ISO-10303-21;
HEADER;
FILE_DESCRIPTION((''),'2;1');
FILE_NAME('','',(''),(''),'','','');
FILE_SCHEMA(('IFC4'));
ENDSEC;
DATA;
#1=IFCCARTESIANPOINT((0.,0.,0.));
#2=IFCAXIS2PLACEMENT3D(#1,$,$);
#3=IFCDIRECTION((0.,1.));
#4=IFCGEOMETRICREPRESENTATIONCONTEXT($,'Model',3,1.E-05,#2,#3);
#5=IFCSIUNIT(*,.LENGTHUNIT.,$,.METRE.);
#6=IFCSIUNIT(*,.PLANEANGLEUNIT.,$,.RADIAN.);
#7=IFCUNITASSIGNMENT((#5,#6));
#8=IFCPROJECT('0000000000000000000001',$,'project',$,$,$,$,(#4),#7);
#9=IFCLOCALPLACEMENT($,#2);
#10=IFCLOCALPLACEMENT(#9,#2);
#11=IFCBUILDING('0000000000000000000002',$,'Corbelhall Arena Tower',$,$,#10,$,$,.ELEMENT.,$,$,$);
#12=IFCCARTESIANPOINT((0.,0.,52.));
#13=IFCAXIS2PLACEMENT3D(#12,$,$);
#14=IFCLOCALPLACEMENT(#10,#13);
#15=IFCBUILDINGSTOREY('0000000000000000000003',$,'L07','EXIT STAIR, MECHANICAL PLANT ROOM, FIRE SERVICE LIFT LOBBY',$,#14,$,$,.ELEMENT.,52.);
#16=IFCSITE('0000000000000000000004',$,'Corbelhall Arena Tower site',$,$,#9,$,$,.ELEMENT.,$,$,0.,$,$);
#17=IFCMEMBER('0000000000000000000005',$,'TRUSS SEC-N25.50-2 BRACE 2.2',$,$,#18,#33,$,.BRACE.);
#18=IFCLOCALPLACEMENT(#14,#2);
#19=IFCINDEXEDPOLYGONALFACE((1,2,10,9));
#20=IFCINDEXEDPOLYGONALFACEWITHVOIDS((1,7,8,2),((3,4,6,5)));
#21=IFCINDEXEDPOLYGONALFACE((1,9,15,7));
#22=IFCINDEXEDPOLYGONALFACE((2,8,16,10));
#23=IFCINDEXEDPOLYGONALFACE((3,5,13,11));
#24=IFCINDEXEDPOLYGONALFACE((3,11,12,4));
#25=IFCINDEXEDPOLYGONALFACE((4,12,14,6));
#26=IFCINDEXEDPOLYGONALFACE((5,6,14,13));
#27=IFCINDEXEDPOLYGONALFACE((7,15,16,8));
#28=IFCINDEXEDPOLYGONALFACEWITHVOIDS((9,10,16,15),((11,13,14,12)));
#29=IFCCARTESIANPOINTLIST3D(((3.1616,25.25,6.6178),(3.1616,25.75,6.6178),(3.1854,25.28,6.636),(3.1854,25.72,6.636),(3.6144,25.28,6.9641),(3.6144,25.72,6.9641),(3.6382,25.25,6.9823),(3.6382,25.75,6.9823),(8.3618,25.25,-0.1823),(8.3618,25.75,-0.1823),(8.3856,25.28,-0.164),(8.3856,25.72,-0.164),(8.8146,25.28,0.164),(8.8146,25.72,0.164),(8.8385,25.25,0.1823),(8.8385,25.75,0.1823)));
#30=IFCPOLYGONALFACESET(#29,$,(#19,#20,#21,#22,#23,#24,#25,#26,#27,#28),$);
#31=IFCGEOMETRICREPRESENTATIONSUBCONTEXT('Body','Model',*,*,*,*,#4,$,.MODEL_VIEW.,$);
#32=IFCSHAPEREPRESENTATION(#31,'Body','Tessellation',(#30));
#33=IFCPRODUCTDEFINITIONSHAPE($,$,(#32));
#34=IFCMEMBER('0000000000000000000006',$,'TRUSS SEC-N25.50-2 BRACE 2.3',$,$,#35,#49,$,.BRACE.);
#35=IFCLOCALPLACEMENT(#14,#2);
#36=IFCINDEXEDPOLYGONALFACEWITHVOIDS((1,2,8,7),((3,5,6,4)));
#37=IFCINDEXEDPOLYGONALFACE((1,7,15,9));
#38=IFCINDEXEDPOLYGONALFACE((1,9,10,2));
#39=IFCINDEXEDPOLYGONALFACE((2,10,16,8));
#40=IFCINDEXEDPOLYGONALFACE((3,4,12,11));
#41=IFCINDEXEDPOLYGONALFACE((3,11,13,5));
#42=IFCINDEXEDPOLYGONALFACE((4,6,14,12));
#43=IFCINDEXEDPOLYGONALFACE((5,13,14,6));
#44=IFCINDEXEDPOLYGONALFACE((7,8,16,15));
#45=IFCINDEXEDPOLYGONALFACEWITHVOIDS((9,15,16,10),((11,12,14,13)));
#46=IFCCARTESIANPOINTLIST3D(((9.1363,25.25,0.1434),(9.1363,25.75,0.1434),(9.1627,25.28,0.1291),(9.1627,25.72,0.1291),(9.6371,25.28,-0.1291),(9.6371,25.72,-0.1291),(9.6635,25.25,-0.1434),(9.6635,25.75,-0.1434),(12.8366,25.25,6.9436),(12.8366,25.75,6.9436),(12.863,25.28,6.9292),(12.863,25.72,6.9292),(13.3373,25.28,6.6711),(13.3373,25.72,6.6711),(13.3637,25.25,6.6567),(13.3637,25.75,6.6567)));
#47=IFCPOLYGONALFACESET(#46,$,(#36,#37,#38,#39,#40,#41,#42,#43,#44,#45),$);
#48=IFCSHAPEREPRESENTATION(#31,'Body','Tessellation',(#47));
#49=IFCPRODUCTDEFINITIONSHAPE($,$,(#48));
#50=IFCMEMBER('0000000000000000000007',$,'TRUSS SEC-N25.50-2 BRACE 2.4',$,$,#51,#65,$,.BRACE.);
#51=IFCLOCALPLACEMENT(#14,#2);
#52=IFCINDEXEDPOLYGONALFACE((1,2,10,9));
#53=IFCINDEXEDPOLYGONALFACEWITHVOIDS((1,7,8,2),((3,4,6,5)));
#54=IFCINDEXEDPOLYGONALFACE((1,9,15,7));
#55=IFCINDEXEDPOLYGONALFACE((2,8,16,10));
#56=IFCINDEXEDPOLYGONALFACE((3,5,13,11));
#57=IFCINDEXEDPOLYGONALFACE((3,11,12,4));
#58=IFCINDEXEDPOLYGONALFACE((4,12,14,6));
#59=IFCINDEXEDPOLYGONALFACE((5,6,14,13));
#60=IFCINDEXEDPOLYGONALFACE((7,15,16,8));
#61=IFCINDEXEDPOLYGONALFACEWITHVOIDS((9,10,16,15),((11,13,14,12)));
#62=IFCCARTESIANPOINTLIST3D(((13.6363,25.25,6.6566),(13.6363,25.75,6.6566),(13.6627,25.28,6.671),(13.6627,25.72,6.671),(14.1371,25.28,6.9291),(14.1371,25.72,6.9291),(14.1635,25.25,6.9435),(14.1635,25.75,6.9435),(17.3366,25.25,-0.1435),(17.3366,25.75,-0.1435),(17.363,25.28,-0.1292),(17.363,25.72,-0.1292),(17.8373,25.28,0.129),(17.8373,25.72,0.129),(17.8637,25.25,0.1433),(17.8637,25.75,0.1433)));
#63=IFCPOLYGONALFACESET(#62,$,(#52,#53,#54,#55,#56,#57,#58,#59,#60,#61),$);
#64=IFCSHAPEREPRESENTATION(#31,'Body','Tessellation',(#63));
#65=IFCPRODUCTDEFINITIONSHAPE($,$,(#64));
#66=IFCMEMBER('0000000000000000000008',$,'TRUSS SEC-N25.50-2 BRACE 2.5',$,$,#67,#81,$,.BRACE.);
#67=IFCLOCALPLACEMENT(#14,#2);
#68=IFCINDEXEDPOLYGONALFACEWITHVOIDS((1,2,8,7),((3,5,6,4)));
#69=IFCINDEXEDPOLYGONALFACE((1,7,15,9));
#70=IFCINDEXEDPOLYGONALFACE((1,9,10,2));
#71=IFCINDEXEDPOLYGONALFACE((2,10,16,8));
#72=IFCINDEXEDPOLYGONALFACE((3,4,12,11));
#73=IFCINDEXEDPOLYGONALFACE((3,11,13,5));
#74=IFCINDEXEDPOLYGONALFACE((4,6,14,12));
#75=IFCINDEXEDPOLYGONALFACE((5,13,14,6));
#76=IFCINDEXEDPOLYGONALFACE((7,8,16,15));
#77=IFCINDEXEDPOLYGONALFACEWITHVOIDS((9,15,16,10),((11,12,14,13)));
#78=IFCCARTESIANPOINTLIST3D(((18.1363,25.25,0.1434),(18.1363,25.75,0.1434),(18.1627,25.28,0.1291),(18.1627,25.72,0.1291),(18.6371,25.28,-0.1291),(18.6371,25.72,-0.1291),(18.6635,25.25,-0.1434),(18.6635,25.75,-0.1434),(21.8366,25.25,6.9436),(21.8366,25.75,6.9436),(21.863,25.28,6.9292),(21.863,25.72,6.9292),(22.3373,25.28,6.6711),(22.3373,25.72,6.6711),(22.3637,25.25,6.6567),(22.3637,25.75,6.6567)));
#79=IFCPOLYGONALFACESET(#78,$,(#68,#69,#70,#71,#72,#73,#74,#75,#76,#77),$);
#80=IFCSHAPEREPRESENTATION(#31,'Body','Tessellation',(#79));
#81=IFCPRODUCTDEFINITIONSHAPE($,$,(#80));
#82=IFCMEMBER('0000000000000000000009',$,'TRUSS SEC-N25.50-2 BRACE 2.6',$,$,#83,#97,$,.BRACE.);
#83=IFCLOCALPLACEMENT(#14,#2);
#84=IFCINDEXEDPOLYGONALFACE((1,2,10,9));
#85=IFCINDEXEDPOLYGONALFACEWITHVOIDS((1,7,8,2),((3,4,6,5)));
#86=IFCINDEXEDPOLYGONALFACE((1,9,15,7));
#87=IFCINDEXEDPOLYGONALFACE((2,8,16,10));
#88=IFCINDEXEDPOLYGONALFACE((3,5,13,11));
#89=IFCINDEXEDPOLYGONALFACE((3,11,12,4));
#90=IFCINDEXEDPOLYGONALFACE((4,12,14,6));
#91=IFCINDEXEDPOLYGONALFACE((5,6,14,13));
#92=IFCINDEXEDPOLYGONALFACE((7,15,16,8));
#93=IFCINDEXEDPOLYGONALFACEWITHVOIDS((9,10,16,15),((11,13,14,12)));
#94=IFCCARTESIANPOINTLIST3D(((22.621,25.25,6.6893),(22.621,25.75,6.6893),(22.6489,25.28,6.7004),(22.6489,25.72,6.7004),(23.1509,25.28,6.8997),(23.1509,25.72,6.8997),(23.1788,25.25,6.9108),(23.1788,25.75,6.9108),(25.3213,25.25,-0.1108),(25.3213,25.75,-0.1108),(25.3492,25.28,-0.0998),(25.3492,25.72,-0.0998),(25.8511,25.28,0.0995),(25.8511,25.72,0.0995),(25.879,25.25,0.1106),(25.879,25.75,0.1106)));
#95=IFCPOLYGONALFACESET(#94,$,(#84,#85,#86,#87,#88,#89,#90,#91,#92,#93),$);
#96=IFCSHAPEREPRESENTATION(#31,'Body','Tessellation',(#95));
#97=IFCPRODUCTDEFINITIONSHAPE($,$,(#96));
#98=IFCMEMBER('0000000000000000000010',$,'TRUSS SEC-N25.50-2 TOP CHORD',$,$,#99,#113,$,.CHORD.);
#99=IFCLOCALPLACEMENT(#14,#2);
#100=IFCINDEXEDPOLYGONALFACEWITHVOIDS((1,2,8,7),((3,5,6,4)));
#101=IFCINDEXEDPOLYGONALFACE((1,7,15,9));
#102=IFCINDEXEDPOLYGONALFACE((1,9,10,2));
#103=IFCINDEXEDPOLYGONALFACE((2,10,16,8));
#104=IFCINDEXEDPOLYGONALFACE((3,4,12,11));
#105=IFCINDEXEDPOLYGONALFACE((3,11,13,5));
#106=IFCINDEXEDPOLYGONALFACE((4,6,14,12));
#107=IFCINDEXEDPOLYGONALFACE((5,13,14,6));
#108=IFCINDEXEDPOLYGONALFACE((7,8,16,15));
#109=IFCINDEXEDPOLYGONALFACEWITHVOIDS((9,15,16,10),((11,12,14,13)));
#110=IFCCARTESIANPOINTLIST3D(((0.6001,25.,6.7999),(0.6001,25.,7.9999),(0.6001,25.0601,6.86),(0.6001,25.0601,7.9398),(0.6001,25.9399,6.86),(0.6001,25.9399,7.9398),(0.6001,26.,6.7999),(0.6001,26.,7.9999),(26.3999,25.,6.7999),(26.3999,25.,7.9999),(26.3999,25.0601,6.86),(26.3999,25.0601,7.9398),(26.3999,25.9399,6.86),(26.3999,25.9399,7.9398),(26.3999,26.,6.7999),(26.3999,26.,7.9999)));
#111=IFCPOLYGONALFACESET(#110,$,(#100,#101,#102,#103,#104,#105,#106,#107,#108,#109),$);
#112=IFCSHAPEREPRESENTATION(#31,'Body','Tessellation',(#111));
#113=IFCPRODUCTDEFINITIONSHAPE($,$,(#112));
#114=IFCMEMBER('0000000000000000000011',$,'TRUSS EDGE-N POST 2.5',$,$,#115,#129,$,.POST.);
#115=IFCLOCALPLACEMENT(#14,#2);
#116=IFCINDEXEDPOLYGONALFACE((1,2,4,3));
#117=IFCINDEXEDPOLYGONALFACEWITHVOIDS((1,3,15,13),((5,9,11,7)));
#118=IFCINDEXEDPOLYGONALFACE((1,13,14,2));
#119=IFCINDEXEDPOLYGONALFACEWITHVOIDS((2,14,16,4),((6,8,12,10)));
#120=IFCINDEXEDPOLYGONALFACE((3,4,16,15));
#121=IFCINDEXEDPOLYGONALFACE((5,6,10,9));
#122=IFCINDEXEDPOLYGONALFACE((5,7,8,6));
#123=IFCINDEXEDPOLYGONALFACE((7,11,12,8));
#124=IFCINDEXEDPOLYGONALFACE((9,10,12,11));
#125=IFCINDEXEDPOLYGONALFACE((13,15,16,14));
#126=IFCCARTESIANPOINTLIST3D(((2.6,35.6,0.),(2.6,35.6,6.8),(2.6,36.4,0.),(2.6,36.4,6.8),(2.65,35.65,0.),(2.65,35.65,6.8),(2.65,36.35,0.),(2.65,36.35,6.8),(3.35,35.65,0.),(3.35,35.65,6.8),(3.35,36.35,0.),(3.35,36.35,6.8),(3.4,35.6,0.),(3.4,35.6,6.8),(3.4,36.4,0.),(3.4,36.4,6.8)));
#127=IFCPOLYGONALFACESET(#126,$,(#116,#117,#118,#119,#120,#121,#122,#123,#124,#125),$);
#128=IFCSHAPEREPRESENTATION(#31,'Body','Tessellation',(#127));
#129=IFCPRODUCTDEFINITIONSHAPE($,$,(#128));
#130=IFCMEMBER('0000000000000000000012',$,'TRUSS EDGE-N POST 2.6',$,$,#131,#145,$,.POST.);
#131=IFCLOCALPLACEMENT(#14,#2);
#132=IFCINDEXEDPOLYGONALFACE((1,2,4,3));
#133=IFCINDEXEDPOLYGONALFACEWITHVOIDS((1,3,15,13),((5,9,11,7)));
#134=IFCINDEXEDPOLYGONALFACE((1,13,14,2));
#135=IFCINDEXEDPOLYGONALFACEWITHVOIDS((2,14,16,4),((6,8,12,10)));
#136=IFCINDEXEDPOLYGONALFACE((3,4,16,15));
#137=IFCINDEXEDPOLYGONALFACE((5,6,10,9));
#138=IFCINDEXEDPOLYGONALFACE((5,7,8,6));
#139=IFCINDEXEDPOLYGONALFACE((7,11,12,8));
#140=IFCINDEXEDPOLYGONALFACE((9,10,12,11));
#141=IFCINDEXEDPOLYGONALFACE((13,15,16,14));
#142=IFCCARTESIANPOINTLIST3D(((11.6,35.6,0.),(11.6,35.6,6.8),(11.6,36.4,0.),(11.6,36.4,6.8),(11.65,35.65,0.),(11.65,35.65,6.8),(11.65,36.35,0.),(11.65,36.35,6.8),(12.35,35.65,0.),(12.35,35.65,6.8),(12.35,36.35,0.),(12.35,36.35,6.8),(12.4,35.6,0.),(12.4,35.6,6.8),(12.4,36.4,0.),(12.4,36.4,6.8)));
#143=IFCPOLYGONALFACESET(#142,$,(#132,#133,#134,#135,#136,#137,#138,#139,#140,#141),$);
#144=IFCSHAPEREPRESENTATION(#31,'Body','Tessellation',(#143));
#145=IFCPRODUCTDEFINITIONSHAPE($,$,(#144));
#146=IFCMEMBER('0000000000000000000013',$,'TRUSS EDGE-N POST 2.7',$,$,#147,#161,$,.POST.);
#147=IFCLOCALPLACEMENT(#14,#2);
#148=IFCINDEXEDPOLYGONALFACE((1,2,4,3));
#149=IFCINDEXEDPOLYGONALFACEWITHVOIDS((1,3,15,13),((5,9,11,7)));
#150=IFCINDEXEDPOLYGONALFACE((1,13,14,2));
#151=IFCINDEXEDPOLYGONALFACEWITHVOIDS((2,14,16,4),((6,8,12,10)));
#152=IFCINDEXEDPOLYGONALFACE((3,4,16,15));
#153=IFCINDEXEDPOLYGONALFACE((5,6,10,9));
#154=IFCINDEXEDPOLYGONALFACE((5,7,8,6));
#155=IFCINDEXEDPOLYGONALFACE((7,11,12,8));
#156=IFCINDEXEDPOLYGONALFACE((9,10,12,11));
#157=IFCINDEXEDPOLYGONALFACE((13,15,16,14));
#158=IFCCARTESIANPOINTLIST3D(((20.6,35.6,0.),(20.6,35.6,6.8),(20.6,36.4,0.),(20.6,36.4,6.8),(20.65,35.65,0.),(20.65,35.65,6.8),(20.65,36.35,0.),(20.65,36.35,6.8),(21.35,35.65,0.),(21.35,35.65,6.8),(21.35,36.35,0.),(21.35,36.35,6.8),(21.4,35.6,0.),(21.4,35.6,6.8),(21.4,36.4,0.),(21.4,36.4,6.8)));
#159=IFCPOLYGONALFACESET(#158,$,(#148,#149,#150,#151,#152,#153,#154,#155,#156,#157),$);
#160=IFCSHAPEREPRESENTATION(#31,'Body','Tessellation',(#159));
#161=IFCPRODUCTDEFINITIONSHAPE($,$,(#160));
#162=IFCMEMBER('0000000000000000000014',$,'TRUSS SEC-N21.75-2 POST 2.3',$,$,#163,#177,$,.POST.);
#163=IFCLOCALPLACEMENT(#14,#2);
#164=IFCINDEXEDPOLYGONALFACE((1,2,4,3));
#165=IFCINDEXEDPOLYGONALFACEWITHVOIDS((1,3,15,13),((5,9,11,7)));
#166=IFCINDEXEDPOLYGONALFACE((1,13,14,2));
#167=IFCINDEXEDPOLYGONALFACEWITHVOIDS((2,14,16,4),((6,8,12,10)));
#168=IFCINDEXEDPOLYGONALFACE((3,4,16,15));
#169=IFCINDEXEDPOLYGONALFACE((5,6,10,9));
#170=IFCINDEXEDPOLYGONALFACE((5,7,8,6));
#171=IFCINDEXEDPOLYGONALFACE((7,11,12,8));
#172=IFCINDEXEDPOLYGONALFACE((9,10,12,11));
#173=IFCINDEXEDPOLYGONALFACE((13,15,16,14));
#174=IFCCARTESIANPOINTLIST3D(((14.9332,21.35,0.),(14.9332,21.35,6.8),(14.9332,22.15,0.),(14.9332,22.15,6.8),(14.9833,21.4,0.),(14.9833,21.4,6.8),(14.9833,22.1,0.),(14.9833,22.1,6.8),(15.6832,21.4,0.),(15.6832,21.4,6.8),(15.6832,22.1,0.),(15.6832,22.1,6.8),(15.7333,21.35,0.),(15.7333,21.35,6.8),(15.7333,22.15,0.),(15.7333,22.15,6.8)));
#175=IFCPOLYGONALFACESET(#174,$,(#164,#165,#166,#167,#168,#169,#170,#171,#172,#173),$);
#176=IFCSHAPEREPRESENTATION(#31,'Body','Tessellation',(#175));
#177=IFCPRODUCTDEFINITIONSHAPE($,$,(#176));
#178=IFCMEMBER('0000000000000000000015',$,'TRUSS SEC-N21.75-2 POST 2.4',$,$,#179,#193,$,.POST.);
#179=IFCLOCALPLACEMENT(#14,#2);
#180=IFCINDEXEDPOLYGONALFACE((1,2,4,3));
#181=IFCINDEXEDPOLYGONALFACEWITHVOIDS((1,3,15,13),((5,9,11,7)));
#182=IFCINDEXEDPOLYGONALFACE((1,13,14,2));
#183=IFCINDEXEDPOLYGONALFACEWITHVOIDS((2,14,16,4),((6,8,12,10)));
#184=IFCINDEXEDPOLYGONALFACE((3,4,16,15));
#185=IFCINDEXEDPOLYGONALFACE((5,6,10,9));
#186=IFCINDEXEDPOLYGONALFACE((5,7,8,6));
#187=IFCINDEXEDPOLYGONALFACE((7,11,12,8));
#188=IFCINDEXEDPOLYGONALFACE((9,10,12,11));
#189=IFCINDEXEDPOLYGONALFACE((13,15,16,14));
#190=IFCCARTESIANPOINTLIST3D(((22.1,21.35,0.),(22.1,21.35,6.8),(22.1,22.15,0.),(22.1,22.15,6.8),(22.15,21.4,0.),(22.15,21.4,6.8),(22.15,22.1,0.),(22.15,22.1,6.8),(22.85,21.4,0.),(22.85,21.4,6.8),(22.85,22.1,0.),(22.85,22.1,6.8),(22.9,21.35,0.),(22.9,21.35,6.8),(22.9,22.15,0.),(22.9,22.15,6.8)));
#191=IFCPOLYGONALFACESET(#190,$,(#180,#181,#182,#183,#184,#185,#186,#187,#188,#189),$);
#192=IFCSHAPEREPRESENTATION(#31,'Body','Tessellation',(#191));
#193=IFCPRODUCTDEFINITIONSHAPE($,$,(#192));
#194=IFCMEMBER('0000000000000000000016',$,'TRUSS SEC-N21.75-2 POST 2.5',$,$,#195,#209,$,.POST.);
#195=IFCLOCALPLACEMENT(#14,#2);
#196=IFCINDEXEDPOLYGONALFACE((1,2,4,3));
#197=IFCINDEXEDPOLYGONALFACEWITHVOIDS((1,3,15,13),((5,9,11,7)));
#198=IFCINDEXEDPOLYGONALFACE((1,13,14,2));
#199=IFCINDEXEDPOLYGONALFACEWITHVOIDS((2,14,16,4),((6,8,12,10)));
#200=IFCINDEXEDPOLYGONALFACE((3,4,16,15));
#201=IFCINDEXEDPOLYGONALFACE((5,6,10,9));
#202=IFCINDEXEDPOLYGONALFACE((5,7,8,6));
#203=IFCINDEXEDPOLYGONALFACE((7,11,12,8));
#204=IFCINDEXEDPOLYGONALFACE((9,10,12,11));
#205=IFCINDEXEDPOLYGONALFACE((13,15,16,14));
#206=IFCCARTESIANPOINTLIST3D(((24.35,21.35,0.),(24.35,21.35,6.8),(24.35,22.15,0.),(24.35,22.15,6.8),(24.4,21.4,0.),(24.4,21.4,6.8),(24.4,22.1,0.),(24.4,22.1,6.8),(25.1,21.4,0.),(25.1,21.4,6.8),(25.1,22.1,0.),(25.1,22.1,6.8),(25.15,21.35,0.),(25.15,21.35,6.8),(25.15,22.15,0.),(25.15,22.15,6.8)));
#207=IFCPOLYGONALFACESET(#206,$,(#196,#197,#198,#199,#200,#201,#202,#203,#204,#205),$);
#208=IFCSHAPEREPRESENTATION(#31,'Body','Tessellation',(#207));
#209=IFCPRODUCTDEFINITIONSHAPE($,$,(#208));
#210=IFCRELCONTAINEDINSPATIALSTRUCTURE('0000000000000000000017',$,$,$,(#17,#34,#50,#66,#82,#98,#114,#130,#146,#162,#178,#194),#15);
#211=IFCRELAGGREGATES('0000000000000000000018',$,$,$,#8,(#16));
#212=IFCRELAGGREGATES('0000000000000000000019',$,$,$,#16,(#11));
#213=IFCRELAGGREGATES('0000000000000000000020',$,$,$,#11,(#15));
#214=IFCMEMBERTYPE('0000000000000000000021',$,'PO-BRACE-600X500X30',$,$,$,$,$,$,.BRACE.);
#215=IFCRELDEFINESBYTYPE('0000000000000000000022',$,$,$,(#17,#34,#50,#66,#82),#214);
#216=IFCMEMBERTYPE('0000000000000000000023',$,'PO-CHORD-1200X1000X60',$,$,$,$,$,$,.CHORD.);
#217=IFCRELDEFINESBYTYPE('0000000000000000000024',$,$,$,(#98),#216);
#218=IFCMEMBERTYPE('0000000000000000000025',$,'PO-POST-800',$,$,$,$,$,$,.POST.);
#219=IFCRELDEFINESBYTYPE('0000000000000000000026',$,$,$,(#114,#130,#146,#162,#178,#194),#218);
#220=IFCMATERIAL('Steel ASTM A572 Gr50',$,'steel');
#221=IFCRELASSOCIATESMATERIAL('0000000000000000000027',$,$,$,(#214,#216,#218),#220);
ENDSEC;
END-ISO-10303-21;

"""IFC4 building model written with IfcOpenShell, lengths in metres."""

from ifc_helpers import new_model, si_unit, direction, frame, origin, origin_2d, place, context, subcontext, project, spatial, hollow_rectangle, extrude, material, material_profile, profile_set, type_object, element, save


model = new_model("IFC4")

# Units and contexts
model_context = context("Model", 3, precision=1e-05, world=origin(), true_north=direction((0.0, 1.0)))
body_context = subcontext(model_context, "Body", "Model", "MODEL_VIEW")
ifc_project = project(units=[si_unit("LENGTHUNIT", "METRE"), si_unit("PLANEANGLEUNIT", "RADIAN")], contexts=[model_context])

# Site, building, storey
site_placement = place(None, origin())
site = spatial("IfcSite", under=ifc_project, at=site_placement, Name="Corbelhall Arena Tower site", CompositionType="ELEMENT", RefElevation=0.0)
building_placement = place(site_placement, origin())
building = spatial("IfcBuilding", under=site, at=building_placement, Name="Corbelhall Arena Tower", CompositionType="ELEMENT")
storey_placement = place(building_placement, frame((0.0, 0.0, 52.0)))
storey = spatial("IfcBuildingStorey", under=building, at=storey_placement, Name="L07", Description="EXIT STAIR, MECHANICAL PLANT ROOM, FIRE SERVICE LIFT LOBBY", CompositionType="ELEMENT", Elevation=52.0)

# Members
ifc_material_1 = material(Name="Steel ASTM A572 Gr50", Category="steel")
ifc_material_profile_1 = material_profile(ifc_material_1, hollow_rectangle(XDim=0.5, YDim=0.6001, WallThickness=0.03, at=origin_2d()))
ifc_profile_set_1 = profile_set([ifc_material_profile_1], Name="Steel ASTM A572 Gr50")
member_type_1 = type_object("IfcMemberType", Name="PO-BRACE-600X500X30", PredefinedType="BRACE", material=ifc_profile_set_1)
member_1_placement = place(storey_placement, frame((3.3999, 25.5, 6.8), z_axis=(0.607462, 0.0, -0.794349), x_axis=(0.0, 1.0, 0.0)))
element("IfcMember", 1, at=member_1_placement, inside=storey, type_object=member_type_1, Name="TRUSS SEC-N25.50-2 BRACE 2.2", PredefinedType="BRACE", context=body_context, shape_type="SweptSolid", body=[
    extrude(hollow_rectangle(XDim=0.5, YDim=0.6001, WallThickness=0.03, at=origin_2d()), origin(), (0.0, 0.0, 1.0), 8.5605),
])
for number, where, z_axis, x_axis, name in (
    (2, (9.3999, 25.5, 0.0), (0.477964, 0.0, 0.87838), (0.0, 1.0, 0.0), "TRUSS SEC-N25.50-2 BRACE 2.3"),
    (3, (13.8999, 25.5, 6.8), (0.477964, 0.0, -0.87838), (0.0, 1.0, 0.0), "TRUSS SEC-N25.50-2 BRACE 2.4"),
    (4, (18.3999, 25.5, 0.0), (0.477964, 0.0, 0.87838), (0.0, 1.0, 0.0), "TRUSS SEC-N25.50-2 BRACE 2.5"),
):
    element("IfcMember", number, at=place(storey_placement, frame(where, z_axis=z_axis, x_axis=x_axis)), inside=storey, type_object=member_type_1, Name=name, PredefinedType="BRACE", context=body_context, shape_type="SweptSolid", body=[
        extrude(hollow_rectangle(XDim=0.5, YDim=0.6001, WallThickness=0.03, at=origin_2d()), origin(), (0.0, 0.0, 1.0), 7.7417),
    ])
member_2_placement = place(storey_placement, frame((22.8999, 25.5, 6.8), z_axis=(0.369054, 0.0, -0.929408), x_axis=(0.0, 1.0, 0.0)))
element("IfcMember", 5, at=member_2_placement, inside=storey, type_object=member_type_1, Name="TRUSS SEC-N25.50-2 BRACE 2.6", PredefinedType="BRACE", context=body_context, shape_type="SweptSolid", body=[
    extrude(hollow_rectangle(XDim=0.5, YDim=0.6001, WallThickness=0.03, at=origin_2d()), origin(), (0.0, 0.0, 1.0), 7.3167),
])
ifc_material_profile_2 = material_profile(ifc_material_1, hollow_rectangle(XDim=1.0, YDim=1.2, WallThickness=0.0601, at=origin_2d()))
ifc_profile_set_2 = profile_set([ifc_material_profile_2], Name="Steel ASTM A572 Gr50")
member_type_2 = type_object("IfcMemberType", Name="PO-CHORD-1200X1000X60", PredefinedType="CHORD", material=ifc_profile_set_2)
member_3_placement = place(storey_placement, frame((0.6001, 25.5, 7.3999), z_axis=(1.0, 0.0, 0.0), x_axis=(0.0, 1.0, 0.0)))
element("IfcMember", 6, at=member_3_placement, inside=storey, type_object=member_type_2, Name="TRUSS SEC-N25.50-2 TOP CHORD", PredefinedType="CHORD", context=body_context, shape_type="SweptSolid", body=[
    extrude(hollow_rectangle(XDim=1.0, YDim=1.2, WallThickness=0.0601, at=origin_2d()), origin(), (0.0, 0.0, 1.0), 25.7998),
])
ifc_material_profile_3 = material_profile(ifc_material_1, hollow_rectangle(XDim=0.8, YDim=0.8, WallThickness=0.05, at=origin_2d()))
ifc_profile_set_3 = profile_set([ifc_material_profile_3], Name="Steel ASTM A572 Gr50")
member_type_3 = type_object("IfcMemberType", Name="PO-POST-800", PredefinedType="POST", material=ifc_profile_set_3)
for number, where, z_axis, x_axis, name in (
    (7, (3.0, 36.0, 0.0), (0.0, 0.0, 1.0), (1.0, 0.0, 0.0), "TRUSS EDGE-N POST 2.5"),
    (8, (12.0, 36.0, 0.0), (0.0, 0.0, 1.0), (1.0, 0.0, 0.0), "TRUSS EDGE-N POST 2.6"),
    (9, (21.0, 36.0, 0.0), (0.0, 0.0, 1.0), (1.0, 0.0, 0.0), "TRUSS EDGE-N POST 2.7"),
    (10, (15.3333, 21.75, 0.0), (0.0, 0.0, 1.0), (1.0, 0.0, 0.0), "TRUSS SEC-N21.75-2 POST 2.3"),
    (11, (22.5, 21.75, 0.0), (0.0, 0.0, 1.0), (1.0, 0.0, 0.0), "TRUSS SEC-N21.75-2 POST 2.4"),
    (12, (24.75, 21.75, 0.0), (0.0, 0.0, 1.0), (1.0, 0.0, 0.0), "TRUSS SEC-N21.75-2 POST 2.5"),
):
    element("IfcMember", number, at=place(storey_placement, frame(where, z_axis=z_axis, x_axis=x_axis)), inside=storey, type_object=member_type_3, Name=name, PredefinedType="POST", context=body_context, shape_type="SweptSolid", body=[
        extrude(hollow_rectangle(XDim=0.8, YDim=0.8, WallThickness=0.05, at=origin_2d()), origin(), (0.0, 0.0, 1.0), 6.8),
    ])

save(model, "model.ifc")
